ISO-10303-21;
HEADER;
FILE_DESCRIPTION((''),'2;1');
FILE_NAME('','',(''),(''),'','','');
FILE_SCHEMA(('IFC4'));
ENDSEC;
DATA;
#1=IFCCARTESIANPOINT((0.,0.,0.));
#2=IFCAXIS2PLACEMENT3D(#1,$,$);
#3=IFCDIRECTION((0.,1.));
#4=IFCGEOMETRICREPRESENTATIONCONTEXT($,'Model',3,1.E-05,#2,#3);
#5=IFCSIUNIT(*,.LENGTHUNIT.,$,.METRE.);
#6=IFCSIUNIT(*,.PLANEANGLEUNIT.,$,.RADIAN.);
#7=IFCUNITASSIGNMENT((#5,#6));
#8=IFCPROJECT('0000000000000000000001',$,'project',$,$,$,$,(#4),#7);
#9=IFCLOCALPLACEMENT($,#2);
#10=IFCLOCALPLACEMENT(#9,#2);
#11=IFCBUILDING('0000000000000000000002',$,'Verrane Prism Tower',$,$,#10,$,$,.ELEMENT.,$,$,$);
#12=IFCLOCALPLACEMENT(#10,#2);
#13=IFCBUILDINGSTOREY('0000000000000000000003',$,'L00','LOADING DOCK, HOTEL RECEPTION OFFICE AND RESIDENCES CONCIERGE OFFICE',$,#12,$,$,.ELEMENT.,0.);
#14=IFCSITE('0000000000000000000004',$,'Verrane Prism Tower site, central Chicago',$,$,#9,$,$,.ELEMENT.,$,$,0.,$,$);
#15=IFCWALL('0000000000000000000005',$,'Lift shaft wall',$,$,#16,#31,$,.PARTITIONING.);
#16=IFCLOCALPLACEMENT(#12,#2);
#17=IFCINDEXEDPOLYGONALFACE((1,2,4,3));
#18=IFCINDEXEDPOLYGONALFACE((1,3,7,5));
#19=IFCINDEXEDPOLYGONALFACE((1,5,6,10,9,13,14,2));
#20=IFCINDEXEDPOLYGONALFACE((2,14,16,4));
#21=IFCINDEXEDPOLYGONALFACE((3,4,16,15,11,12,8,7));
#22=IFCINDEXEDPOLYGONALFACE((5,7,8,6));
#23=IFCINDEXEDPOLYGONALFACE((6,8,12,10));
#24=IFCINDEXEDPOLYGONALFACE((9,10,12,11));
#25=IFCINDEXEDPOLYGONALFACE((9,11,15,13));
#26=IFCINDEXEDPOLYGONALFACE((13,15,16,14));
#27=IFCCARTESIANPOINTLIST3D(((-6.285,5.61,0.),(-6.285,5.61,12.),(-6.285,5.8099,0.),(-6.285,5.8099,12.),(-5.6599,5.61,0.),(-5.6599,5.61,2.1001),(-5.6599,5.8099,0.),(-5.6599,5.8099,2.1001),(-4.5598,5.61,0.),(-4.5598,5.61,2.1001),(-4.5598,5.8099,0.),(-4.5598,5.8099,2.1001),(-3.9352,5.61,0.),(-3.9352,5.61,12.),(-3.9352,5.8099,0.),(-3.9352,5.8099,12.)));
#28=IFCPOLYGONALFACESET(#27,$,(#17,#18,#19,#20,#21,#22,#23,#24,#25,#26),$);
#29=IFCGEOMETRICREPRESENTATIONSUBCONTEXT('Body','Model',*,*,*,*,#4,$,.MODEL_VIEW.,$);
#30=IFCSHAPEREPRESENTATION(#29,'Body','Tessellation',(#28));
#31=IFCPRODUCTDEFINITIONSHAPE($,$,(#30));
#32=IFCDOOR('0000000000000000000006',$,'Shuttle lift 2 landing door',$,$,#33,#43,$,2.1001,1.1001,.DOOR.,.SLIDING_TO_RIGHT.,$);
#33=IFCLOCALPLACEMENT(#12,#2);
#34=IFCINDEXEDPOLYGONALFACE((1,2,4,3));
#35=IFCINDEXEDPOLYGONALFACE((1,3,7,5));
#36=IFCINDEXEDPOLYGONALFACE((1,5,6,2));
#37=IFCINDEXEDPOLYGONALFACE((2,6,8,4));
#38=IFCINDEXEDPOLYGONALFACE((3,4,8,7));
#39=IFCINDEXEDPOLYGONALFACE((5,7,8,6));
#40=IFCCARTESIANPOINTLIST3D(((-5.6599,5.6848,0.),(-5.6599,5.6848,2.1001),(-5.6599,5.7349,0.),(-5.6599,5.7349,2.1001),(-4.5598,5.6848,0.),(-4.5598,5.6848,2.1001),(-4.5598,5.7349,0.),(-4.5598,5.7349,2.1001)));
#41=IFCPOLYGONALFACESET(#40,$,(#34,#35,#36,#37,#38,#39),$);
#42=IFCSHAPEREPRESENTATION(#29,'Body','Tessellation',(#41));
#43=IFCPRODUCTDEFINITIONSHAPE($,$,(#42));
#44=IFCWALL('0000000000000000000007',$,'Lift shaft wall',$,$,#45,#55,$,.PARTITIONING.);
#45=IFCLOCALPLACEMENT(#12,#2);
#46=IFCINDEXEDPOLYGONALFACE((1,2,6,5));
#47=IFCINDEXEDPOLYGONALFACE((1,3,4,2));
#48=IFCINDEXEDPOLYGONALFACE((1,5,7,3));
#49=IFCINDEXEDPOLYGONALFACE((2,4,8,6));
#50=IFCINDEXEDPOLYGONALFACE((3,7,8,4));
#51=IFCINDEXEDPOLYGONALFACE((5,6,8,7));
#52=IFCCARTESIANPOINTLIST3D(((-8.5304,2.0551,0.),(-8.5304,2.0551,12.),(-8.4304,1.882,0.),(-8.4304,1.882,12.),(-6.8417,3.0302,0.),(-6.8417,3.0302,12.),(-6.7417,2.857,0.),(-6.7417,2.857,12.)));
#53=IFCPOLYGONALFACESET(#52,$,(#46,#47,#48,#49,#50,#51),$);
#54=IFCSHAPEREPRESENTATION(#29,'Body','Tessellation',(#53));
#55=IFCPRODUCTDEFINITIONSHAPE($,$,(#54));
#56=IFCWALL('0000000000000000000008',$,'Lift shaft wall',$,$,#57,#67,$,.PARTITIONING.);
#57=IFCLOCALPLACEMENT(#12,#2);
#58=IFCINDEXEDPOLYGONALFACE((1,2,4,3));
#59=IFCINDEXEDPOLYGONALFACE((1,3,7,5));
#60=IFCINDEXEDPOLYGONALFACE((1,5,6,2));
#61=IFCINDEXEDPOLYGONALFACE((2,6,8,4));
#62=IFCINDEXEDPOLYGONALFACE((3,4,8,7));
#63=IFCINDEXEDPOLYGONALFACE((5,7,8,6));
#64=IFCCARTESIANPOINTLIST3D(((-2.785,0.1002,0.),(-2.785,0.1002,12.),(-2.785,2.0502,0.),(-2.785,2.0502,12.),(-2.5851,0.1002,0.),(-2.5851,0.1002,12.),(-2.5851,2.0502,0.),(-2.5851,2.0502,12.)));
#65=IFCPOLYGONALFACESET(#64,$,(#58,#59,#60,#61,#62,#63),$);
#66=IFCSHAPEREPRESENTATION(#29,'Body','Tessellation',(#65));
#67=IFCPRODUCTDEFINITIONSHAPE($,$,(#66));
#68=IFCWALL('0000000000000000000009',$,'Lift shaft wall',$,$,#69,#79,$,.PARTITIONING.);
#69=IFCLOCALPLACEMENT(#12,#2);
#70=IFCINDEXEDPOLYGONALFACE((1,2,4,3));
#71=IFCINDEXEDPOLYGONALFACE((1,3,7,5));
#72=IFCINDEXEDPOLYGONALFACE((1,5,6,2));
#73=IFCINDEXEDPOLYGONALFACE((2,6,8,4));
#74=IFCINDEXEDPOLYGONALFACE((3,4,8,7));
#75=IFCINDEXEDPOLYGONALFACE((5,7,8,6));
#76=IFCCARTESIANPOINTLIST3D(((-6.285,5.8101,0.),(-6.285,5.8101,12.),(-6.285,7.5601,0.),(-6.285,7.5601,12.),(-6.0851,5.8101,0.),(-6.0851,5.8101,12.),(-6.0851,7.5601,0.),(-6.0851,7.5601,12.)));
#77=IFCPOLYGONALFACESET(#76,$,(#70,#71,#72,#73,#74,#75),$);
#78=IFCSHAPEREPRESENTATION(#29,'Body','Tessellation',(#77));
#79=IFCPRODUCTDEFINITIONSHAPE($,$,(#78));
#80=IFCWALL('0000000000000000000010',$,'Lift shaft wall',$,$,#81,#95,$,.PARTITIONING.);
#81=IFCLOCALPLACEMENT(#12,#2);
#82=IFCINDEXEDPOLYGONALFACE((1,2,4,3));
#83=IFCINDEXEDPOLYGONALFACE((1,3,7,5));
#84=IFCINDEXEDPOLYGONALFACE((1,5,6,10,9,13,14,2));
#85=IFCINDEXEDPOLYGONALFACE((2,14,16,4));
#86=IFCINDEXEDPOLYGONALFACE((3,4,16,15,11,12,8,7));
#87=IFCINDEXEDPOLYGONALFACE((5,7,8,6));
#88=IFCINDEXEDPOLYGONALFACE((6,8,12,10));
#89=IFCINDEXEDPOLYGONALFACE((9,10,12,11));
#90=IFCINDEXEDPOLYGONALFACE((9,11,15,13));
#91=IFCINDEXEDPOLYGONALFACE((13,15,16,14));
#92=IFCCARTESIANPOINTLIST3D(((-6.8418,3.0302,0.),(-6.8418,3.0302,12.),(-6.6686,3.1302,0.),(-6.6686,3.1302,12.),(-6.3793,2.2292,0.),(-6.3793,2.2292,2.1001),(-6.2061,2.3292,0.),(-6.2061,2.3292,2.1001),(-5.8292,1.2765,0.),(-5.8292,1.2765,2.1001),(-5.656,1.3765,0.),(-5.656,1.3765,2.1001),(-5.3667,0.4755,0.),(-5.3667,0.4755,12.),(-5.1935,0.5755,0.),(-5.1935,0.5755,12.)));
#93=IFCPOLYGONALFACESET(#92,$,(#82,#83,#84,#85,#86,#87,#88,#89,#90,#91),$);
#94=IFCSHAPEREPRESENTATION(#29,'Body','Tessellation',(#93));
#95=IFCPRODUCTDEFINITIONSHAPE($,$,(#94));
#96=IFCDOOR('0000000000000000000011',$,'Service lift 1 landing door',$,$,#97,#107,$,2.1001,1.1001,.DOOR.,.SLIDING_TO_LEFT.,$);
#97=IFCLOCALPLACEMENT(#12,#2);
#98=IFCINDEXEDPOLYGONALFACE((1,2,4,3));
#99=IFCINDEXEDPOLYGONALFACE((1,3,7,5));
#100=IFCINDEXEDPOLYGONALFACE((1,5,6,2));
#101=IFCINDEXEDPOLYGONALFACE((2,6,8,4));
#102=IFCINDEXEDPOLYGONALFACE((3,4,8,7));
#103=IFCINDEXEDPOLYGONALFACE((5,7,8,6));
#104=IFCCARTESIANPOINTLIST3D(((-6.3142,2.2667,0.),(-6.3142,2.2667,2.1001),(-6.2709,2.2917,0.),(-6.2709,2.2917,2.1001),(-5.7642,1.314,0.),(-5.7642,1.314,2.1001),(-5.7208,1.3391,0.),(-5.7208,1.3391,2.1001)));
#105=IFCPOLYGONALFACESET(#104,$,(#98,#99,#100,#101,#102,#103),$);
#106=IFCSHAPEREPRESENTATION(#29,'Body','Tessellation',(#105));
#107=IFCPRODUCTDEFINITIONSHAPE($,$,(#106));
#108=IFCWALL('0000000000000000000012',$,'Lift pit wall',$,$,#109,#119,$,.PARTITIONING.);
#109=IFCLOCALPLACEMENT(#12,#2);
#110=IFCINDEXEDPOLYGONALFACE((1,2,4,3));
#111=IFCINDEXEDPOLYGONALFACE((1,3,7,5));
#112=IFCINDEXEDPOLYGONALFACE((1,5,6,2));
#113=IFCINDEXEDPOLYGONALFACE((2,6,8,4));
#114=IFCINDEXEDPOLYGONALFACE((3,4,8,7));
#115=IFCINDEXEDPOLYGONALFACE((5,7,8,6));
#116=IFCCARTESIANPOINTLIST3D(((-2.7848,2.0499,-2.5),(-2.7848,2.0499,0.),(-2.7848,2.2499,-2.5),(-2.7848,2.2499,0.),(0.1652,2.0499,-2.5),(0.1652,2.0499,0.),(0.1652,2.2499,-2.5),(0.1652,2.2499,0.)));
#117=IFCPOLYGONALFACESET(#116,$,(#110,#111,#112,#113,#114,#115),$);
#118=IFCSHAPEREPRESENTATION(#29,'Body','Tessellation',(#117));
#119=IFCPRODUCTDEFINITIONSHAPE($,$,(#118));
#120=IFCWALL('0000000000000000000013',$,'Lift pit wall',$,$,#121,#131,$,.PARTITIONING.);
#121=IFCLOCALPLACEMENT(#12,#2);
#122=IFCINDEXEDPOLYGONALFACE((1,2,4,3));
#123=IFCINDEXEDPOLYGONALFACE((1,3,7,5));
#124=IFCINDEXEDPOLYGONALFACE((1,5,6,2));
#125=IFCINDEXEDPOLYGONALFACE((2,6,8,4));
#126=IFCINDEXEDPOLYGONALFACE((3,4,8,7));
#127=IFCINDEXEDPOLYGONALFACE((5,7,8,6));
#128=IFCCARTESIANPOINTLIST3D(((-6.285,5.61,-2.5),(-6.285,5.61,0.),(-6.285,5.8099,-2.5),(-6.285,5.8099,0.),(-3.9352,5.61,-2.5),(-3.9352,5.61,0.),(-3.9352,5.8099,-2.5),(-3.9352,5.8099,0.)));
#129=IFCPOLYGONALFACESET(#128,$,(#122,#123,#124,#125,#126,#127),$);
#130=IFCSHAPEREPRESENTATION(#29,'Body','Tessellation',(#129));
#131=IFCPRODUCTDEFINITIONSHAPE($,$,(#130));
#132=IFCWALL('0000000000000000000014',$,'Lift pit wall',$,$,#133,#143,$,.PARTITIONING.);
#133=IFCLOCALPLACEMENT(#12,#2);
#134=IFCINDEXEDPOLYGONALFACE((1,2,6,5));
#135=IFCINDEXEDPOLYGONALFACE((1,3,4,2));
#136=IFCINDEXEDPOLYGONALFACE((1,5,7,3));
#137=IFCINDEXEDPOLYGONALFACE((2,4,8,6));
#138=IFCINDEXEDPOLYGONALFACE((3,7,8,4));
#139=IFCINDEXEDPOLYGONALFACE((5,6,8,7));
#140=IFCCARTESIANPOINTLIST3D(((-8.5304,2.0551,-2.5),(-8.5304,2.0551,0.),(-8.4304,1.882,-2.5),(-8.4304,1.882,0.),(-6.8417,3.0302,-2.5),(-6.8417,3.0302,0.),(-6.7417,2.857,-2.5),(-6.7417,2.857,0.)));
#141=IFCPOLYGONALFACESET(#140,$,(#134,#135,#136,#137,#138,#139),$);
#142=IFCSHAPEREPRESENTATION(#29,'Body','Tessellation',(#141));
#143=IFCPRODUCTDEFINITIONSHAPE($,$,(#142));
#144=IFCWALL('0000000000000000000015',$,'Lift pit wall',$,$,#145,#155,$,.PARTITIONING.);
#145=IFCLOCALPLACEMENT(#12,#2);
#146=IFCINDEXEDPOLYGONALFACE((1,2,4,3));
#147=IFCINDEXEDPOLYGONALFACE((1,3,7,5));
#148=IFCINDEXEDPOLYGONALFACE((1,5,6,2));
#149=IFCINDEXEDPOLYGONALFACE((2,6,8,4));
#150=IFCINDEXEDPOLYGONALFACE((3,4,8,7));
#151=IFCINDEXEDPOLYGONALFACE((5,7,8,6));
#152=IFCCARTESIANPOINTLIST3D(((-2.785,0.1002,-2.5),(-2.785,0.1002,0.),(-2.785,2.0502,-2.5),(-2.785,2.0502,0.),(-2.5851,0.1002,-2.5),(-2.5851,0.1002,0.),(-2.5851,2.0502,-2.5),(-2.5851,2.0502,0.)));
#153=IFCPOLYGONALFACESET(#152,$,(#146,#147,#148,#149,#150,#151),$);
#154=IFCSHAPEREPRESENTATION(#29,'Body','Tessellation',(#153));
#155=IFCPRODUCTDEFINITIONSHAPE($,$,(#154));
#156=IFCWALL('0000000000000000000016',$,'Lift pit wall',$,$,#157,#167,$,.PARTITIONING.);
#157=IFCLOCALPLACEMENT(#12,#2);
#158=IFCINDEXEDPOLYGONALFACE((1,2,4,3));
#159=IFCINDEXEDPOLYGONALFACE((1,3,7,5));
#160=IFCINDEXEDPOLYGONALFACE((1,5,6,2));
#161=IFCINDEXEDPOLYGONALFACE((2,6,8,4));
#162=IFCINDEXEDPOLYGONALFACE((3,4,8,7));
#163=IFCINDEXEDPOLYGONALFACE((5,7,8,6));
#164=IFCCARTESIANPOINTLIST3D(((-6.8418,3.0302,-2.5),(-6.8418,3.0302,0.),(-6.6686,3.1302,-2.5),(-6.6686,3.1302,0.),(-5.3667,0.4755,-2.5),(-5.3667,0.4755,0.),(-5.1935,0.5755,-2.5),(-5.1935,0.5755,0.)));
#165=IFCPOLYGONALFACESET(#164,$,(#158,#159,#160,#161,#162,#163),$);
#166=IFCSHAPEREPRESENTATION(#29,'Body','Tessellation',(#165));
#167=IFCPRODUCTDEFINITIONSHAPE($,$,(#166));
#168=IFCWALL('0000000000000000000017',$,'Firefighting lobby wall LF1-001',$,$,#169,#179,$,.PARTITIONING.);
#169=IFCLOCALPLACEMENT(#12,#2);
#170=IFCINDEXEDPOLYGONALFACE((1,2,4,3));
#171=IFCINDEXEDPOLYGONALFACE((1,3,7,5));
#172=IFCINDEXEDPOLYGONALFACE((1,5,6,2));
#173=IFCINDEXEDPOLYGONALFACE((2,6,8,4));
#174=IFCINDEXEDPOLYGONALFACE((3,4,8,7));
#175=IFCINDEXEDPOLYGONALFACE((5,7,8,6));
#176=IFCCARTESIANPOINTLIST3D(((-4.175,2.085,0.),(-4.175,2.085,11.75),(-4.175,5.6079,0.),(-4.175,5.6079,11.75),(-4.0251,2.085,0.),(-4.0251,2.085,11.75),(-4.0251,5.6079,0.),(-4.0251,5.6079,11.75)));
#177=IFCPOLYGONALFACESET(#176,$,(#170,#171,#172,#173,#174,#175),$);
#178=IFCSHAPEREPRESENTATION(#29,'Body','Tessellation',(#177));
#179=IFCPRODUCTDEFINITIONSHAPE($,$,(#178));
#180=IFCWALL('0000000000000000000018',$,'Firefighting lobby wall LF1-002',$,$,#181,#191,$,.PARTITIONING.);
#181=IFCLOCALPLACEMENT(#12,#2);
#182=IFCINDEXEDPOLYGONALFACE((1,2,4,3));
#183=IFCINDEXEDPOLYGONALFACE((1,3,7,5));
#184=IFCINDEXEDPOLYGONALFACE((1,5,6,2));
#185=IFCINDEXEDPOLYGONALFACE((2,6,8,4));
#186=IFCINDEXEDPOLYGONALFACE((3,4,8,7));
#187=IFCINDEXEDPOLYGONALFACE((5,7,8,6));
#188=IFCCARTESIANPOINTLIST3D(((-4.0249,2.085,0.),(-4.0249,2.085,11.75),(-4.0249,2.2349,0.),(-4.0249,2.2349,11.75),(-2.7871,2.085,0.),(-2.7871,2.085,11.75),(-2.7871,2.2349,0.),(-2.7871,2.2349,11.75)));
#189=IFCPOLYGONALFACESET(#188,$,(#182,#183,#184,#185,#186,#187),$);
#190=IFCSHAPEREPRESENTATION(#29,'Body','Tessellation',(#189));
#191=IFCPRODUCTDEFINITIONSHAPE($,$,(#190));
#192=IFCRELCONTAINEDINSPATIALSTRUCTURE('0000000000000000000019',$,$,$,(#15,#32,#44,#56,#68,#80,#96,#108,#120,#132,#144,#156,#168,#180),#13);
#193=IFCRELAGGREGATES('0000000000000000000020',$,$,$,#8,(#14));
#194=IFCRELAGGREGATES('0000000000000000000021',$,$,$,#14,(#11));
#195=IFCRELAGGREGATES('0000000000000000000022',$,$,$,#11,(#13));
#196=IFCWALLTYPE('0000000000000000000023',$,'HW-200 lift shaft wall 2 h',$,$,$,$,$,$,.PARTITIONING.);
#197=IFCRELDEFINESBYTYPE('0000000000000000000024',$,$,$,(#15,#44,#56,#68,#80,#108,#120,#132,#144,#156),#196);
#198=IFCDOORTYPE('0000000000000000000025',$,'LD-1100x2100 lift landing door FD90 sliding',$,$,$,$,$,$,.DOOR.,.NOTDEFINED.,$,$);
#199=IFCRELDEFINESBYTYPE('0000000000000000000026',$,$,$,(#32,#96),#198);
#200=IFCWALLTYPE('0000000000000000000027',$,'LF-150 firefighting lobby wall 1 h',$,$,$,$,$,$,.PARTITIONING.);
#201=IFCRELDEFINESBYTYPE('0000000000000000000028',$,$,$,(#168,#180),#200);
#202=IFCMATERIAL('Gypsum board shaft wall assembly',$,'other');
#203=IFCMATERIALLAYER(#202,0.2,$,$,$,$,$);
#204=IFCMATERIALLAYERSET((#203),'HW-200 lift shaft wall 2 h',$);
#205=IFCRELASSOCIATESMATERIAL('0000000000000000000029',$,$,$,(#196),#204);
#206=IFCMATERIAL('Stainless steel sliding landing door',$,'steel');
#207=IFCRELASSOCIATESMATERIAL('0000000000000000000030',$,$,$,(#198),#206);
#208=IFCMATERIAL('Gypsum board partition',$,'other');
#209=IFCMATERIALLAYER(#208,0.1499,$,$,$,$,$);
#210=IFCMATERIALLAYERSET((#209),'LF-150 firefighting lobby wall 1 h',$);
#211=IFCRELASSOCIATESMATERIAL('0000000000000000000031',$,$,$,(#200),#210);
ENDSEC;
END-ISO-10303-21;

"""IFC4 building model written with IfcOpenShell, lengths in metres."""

from ifc_helpers import new_model, si_unit, direction, frame, frame_2d, origin, place, context, subcontext, project, spatial, rectangle, extrude, material, layer, layer_set, type_object, element, fill, save


model = new_model("IFC4")

# Units and contexts
model_context = context("Model", 3, precision=1e-05, world=origin(), true_north=direction((0.0, 1.0)))
body_context = subcontext(model_context, "Body", "Model", "MODEL_VIEW")
ifc_project = project(units=[si_unit("LENGTHUNIT", "METRE"), si_unit("PLANEANGLEUNIT", "RADIAN")], contexts=[model_context])

# Site, building, storey
site_placement = place(None, origin())
site = spatial("IfcSite", under=ifc_project, at=site_placement, Name="Verrane Prism Tower site, central Chicago", CompositionType="ELEMENT", RefElevation=0.0)
building_placement = place(site_placement, origin())
building = spatial("IfcBuilding", under=site, at=building_placement, Name="Verrane Prism Tower", CompositionType="ELEMENT")
storey_placement = place(building_placement, origin())
storey = spatial("IfcBuildingStorey", under=building, at=storey_placement, Name="L00", Description="LOADING DOCK, HOTEL RECEPTION OFFICE AND RESIDENCES CONCIERGE OFFICE", CompositionType="ELEMENT", Elevation=0.0)

# Wall, opening, door
ifc_material_1 = material(Name="Gypsum board shaft wall assembly", Category="other")
ifc_layer_1 = layer(ifc_material_1, 0.2)
ifc_layer_set_1 = layer_set([ifc_layer_1], Name="HW-200 lift shaft wall 2 h")
wall_type_1 = type_object("IfcWallType", Name="HW-200 lift shaft wall 2 h", PredefinedType="PARTITIONING", material=ifc_layer_set_1)
ifc_material_2 = material(Name="Stainless steel sliding landing door", Category="steel")
door_type_1 = type_object("IfcDoorType", Name="LD-1100x2100 lift landing door FD90 sliding", OperationType="NOTDEFINED", PredefinedType="DOOR", material=ifc_material_2)
wall_1_placement = place(storey_placement, frame((-6.2849, 5.71, 0.0), z_axis=(0.0, 0.0, 1.0), x_axis=(1.0, 0.0, 0.0)))
wall_1 = element("IfcWall", 1, at=wall_1_placement, inside=storey, type_object=wall_type_1, Name="Lift shaft wall", PredefinedType="PARTITIONING", context=body_context, shape_type="SweptSolid", body=[
    extrude(rectangle(XDim=2.3499, YDim=0.2, at=frame_2d((1.1748, 0.0))), origin(), (0.0, 0.0, 1.0), 12.0),
])
opening_1_placement = place(wall_1_placement, frame((0.625, 0.0, 0.0)))
opening_1 = element("IfcOpeningElement", 2, at=opening_1_placement, cuts=wall_1, PredefinedType="OPENING", context=body_context, shape_type="SweptSolid", body=[
    extrude(rectangle(XDim=1.1001, YDim=2.1001, at=frame_2d((0.55, 1.05))), frame((0.0, 0.1099, 0.0), z_axis=(0.0, -1.0, 0.0), x_axis=(1.0, 0.0, 0.0)), (0.0, 0.0, 1.0), 0.22),
])
door_1_placement = place(opening_1_placement, origin())
door_1 = element("IfcDoor", 3, at=door_1_placement, inside=storey, type_object=door_type_1, Name="Shuttle lift 2 landing door", OperationType="SLIDING_TO_RIGHT", OverallHeight=2.1001, OverallWidth=1.1001, PredefinedType="DOOR", context=body_context, shape_type="SweptSolid", body=[
    extrude(rectangle(XDim=1.1001, YDim=2.1001, at=frame_2d((0.55, 1.05))), frame((0.0, 0.0249, 0.0), z_axis=(0.0, -1.0, 0.0), x_axis=(1.0, 0.0, 0.0)), (0.0, 0.0, 1.0), 0.05),
])
fill(opening_1, door_1)

# Walls
for number, where, z_axis, x_axis, name in (
    (4, (-8.4805, 1.9685, 0.0), (0.0, 0.0, 1.0), (0.866, 0.500044, 0.0), "Lift shaft wall"),
    (5, (-2.6851, 0.1001, 0.0), (0.0, 0.0, 1.0), (0.0, 1.0, 0.0), "Lift shaft wall"),
):
    element("IfcWall", number, at=place(storey_placement, frame(where, z_axis=z_axis, x_axis=x_axis)), inside=storey, type_object=wall_type_1, Name=name, PredefinedType="PARTITIONING", context=body_context, shape_type="SweptSolid", body=[
        extrude(rectangle(XDim=1.95, YDim=0.2, at=frame_2d((0.9751, 0.0))), origin(), (0.0, 0.0, 1.0), 12.0),
    ])
wall_2_placement = place(storey_placement, frame((-6.1851, 5.8101, 0.0), z_axis=(0.0, 0.0, 1.0), x_axis=(0.0, 1.0, 0.0)))
element("IfcWall", 6, at=wall_2_placement, inside=storey, type_object=wall_type_1, Name="Lift shaft wall", PredefinedType="PARTITIONING", context=body_context, shape_type="SweptSolid", body=[
    extrude(rectangle(XDim=1.75, YDim=0.2, at=frame_2d((0.875, 0.0))), origin(), (0.0, 0.0, 1.0), 12.0),
])

# Wall, opening, door
wall_3_placement = place(storey_placement, frame((-5.28, 0.5254, 0.0), z_axis=(0.0, 0.0, 1.0), x_axis=(-0.500038, 0.866004, 0.0)))
wall_3 = element("IfcWall", 7, at=wall_3_placement, inside=storey, type_object=wall_type_1, Name="Lift shaft wall", PredefinedType="PARTITIONING", context=body_context, shape_type="SweptSolid", body=[
    extrude(rectangle(XDim=2.95, YDim=0.2, at=frame_2d((1.4751, 0.0))), origin(), (0.0, 0.0, 1.0), 12.0),
])
opening_2_placement = place(wall_3_placement, frame((0.925, 0.0, 0.0)))
opening_2 = element("IfcOpeningElement", 8, at=opening_2_placement, cuts=wall_3, PredefinedType="OPENING", context=body_context, shape_type="SweptSolid", body=[
    extrude(rectangle(XDim=1.1001, YDim=2.1001, at=frame_2d((0.55, 1.05))), frame((0.0, 0.1099, 0.0), z_axis=(0.0, -1.0, 0.0), x_axis=(1.0, 0.0, 0.0)), (0.0, 0.0, 1.0), 0.22),
])
door_2_placement = place(opening_2_placement, origin())
door_2 = element("IfcDoor", 9, at=door_2_placement, inside=storey, type_object=door_type_1, Name="Service lift 1 landing door", OperationType="SLIDING_TO_LEFT", OverallHeight=2.1001, OverallWidth=1.1001, PredefinedType="DOOR", context=body_context, shape_type="SweptSolid", body=[
    extrude(rectangle(XDim=1.1001, YDim=2.1001, at=frame_2d((0.55, 1.05))), frame((0.0, 0.0249, 0.0), z_axis=(0.0, -1.0, 0.0), x_axis=(1.0, 0.0, 0.0)), (0.0, 0.0, 1.0), 0.05),
])
fill(opening_2, door_2)

# Walls
wall_4_placement = place(storey_placement, frame((-2.7849, 2.1499, -2.5), z_axis=(0.0, 0.0, 1.0), x_axis=(1.0, 0.0, 0.0)))
element("IfcWall", 10, at=wall_4_placement, inside=storey, type_object=wall_type_1, Name="Lift pit wall", PredefinedType="PARTITIONING", context=body_context, shape_type="SweptSolid", body=[
    extrude(rectangle(XDim=2.95, YDim=0.2, at=frame_2d((1.4751, 0.0))), origin(), (0.0, 0.0, 1.0), 2.5),
])
wall_5_placement = place(storey_placement, frame((-6.2849, 5.71, -2.5), z_axis=(0.0, 0.0, 1.0), x_axis=(1.0, 0.0, 0.0)))
element("IfcWall", 11, at=wall_5_placement, inside=storey, type_object=wall_type_1, Name="Lift pit wall", PredefinedType="PARTITIONING", context=body_context, shape_type="SweptSolid", body=[
    extrude(rectangle(XDim=2.3499, YDim=0.2, at=frame_2d((1.1748, 0.0))), origin(), (0.0, 0.0, 1.0), 2.5),
])
for number, where, z_axis, x_axis, name in (
    (12, (-8.4805, 1.9685, -2.5), (0.0, 0.0, 1.0), (0.866, 0.500044, 0.0), "Lift pit wall"),
    (13, (-2.6851, 0.1001, -2.5), (0.0, 0.0, 1.0), (0.0, 1.0, 0.0), "Lift pit wall"),
):
    element("IfcWall", number, at=place(storey_placement, frame(where, z_axis=z_axis, x_axis=x_axis)), inside=storey, type_object=wall_type_1, Name=name, PredefinedType="PARTITIONING", context=body_context, shape_type="SweptSolid", body=[
        extrude(rectangle(XDim=1.95, YDim=0.2, at=frame_2d((0.9751, 0.0))), origin(), (0.0, 0.0, 1.0), 2.5),
    ])
wall_6_placement = place(storey_placement, frame((-5.28, 0.5254, -2.5), z_axis=(0.0, 0.0, 1.0), x_axis=(-0.500038, 0.866004, 0.0)))
element("IfcWall", 14, at=wall_6_placement, inside=storey, type_object=wall_type_1, Name="Lift pit wall", PredefinedType="PARTITIONING", context=body_context, shape_type="SweptSolid", body=[
    extrude(rectangle(XDim=2.95, YDim=0.2, at=frame_2d((1.4751, 0.0))), origin(), (0.0, 0.0, 1.0), 2.5),
])
ifc_material_3 = material(Name="Gypsum board partition", Category="other")
ifc_layer_2 = layer(ifc_material_3, 0.1499)
ifc_layer_set_2 = layer_set([ifc_layer_2], Name="LF-150 firefighting lobby wall 1 h")
wall_type_2 = type_object("IfcWallType", Name="LF-150 firefighting lobby wall 1 h", PredefinedType="PARTITIONING", material=ifc_layer_set_2)
wall_7_placement = place(storey_placement, frame((-4.1001, 2.085, 0.0), z_axis=(0.0, 0.0, 1.0), x_axis=(0.0, 1.0, 0.0)))
element("IfcWall", 15, at=wall_7_placement, inside=storey, type_object=wall_type_2, Name="Firefighting lobby wall LF1-001", PredefinedType="PARTITIONING", context=body_context, shape_type="SweptSolid", body=[
    extrude(rectangle(XDim=3.5229, YDim=0.1499, at=frame_2d((1.7615, 0.0))), origin(), (0.0, 0.0, 1.0), 11.75),
])
wall_8_placement = place(storey_placement, frame((-4.0249, 2.1599, 0.0), z_axis=(0.0, 0.0, 1.0), x_axis=(1.0, 0.0, 0.0)))
element("IfcWall", 16, at=wall_8_placement, inside=storey, type_object=wall_type_2, Name="Firefighting lobby wall LF1-002", PredefinedType="PARTITIONING", context=body_context, shape_type="SweptSolid", body=[
    extrude(rectangle(XDim=1.2378, YDim=0.1499, at=frame_2d((0.6189, 0.0))), origin(), (0.0, 0.0, 1.0), 11.75),
])

save(model, "model.ifc")
